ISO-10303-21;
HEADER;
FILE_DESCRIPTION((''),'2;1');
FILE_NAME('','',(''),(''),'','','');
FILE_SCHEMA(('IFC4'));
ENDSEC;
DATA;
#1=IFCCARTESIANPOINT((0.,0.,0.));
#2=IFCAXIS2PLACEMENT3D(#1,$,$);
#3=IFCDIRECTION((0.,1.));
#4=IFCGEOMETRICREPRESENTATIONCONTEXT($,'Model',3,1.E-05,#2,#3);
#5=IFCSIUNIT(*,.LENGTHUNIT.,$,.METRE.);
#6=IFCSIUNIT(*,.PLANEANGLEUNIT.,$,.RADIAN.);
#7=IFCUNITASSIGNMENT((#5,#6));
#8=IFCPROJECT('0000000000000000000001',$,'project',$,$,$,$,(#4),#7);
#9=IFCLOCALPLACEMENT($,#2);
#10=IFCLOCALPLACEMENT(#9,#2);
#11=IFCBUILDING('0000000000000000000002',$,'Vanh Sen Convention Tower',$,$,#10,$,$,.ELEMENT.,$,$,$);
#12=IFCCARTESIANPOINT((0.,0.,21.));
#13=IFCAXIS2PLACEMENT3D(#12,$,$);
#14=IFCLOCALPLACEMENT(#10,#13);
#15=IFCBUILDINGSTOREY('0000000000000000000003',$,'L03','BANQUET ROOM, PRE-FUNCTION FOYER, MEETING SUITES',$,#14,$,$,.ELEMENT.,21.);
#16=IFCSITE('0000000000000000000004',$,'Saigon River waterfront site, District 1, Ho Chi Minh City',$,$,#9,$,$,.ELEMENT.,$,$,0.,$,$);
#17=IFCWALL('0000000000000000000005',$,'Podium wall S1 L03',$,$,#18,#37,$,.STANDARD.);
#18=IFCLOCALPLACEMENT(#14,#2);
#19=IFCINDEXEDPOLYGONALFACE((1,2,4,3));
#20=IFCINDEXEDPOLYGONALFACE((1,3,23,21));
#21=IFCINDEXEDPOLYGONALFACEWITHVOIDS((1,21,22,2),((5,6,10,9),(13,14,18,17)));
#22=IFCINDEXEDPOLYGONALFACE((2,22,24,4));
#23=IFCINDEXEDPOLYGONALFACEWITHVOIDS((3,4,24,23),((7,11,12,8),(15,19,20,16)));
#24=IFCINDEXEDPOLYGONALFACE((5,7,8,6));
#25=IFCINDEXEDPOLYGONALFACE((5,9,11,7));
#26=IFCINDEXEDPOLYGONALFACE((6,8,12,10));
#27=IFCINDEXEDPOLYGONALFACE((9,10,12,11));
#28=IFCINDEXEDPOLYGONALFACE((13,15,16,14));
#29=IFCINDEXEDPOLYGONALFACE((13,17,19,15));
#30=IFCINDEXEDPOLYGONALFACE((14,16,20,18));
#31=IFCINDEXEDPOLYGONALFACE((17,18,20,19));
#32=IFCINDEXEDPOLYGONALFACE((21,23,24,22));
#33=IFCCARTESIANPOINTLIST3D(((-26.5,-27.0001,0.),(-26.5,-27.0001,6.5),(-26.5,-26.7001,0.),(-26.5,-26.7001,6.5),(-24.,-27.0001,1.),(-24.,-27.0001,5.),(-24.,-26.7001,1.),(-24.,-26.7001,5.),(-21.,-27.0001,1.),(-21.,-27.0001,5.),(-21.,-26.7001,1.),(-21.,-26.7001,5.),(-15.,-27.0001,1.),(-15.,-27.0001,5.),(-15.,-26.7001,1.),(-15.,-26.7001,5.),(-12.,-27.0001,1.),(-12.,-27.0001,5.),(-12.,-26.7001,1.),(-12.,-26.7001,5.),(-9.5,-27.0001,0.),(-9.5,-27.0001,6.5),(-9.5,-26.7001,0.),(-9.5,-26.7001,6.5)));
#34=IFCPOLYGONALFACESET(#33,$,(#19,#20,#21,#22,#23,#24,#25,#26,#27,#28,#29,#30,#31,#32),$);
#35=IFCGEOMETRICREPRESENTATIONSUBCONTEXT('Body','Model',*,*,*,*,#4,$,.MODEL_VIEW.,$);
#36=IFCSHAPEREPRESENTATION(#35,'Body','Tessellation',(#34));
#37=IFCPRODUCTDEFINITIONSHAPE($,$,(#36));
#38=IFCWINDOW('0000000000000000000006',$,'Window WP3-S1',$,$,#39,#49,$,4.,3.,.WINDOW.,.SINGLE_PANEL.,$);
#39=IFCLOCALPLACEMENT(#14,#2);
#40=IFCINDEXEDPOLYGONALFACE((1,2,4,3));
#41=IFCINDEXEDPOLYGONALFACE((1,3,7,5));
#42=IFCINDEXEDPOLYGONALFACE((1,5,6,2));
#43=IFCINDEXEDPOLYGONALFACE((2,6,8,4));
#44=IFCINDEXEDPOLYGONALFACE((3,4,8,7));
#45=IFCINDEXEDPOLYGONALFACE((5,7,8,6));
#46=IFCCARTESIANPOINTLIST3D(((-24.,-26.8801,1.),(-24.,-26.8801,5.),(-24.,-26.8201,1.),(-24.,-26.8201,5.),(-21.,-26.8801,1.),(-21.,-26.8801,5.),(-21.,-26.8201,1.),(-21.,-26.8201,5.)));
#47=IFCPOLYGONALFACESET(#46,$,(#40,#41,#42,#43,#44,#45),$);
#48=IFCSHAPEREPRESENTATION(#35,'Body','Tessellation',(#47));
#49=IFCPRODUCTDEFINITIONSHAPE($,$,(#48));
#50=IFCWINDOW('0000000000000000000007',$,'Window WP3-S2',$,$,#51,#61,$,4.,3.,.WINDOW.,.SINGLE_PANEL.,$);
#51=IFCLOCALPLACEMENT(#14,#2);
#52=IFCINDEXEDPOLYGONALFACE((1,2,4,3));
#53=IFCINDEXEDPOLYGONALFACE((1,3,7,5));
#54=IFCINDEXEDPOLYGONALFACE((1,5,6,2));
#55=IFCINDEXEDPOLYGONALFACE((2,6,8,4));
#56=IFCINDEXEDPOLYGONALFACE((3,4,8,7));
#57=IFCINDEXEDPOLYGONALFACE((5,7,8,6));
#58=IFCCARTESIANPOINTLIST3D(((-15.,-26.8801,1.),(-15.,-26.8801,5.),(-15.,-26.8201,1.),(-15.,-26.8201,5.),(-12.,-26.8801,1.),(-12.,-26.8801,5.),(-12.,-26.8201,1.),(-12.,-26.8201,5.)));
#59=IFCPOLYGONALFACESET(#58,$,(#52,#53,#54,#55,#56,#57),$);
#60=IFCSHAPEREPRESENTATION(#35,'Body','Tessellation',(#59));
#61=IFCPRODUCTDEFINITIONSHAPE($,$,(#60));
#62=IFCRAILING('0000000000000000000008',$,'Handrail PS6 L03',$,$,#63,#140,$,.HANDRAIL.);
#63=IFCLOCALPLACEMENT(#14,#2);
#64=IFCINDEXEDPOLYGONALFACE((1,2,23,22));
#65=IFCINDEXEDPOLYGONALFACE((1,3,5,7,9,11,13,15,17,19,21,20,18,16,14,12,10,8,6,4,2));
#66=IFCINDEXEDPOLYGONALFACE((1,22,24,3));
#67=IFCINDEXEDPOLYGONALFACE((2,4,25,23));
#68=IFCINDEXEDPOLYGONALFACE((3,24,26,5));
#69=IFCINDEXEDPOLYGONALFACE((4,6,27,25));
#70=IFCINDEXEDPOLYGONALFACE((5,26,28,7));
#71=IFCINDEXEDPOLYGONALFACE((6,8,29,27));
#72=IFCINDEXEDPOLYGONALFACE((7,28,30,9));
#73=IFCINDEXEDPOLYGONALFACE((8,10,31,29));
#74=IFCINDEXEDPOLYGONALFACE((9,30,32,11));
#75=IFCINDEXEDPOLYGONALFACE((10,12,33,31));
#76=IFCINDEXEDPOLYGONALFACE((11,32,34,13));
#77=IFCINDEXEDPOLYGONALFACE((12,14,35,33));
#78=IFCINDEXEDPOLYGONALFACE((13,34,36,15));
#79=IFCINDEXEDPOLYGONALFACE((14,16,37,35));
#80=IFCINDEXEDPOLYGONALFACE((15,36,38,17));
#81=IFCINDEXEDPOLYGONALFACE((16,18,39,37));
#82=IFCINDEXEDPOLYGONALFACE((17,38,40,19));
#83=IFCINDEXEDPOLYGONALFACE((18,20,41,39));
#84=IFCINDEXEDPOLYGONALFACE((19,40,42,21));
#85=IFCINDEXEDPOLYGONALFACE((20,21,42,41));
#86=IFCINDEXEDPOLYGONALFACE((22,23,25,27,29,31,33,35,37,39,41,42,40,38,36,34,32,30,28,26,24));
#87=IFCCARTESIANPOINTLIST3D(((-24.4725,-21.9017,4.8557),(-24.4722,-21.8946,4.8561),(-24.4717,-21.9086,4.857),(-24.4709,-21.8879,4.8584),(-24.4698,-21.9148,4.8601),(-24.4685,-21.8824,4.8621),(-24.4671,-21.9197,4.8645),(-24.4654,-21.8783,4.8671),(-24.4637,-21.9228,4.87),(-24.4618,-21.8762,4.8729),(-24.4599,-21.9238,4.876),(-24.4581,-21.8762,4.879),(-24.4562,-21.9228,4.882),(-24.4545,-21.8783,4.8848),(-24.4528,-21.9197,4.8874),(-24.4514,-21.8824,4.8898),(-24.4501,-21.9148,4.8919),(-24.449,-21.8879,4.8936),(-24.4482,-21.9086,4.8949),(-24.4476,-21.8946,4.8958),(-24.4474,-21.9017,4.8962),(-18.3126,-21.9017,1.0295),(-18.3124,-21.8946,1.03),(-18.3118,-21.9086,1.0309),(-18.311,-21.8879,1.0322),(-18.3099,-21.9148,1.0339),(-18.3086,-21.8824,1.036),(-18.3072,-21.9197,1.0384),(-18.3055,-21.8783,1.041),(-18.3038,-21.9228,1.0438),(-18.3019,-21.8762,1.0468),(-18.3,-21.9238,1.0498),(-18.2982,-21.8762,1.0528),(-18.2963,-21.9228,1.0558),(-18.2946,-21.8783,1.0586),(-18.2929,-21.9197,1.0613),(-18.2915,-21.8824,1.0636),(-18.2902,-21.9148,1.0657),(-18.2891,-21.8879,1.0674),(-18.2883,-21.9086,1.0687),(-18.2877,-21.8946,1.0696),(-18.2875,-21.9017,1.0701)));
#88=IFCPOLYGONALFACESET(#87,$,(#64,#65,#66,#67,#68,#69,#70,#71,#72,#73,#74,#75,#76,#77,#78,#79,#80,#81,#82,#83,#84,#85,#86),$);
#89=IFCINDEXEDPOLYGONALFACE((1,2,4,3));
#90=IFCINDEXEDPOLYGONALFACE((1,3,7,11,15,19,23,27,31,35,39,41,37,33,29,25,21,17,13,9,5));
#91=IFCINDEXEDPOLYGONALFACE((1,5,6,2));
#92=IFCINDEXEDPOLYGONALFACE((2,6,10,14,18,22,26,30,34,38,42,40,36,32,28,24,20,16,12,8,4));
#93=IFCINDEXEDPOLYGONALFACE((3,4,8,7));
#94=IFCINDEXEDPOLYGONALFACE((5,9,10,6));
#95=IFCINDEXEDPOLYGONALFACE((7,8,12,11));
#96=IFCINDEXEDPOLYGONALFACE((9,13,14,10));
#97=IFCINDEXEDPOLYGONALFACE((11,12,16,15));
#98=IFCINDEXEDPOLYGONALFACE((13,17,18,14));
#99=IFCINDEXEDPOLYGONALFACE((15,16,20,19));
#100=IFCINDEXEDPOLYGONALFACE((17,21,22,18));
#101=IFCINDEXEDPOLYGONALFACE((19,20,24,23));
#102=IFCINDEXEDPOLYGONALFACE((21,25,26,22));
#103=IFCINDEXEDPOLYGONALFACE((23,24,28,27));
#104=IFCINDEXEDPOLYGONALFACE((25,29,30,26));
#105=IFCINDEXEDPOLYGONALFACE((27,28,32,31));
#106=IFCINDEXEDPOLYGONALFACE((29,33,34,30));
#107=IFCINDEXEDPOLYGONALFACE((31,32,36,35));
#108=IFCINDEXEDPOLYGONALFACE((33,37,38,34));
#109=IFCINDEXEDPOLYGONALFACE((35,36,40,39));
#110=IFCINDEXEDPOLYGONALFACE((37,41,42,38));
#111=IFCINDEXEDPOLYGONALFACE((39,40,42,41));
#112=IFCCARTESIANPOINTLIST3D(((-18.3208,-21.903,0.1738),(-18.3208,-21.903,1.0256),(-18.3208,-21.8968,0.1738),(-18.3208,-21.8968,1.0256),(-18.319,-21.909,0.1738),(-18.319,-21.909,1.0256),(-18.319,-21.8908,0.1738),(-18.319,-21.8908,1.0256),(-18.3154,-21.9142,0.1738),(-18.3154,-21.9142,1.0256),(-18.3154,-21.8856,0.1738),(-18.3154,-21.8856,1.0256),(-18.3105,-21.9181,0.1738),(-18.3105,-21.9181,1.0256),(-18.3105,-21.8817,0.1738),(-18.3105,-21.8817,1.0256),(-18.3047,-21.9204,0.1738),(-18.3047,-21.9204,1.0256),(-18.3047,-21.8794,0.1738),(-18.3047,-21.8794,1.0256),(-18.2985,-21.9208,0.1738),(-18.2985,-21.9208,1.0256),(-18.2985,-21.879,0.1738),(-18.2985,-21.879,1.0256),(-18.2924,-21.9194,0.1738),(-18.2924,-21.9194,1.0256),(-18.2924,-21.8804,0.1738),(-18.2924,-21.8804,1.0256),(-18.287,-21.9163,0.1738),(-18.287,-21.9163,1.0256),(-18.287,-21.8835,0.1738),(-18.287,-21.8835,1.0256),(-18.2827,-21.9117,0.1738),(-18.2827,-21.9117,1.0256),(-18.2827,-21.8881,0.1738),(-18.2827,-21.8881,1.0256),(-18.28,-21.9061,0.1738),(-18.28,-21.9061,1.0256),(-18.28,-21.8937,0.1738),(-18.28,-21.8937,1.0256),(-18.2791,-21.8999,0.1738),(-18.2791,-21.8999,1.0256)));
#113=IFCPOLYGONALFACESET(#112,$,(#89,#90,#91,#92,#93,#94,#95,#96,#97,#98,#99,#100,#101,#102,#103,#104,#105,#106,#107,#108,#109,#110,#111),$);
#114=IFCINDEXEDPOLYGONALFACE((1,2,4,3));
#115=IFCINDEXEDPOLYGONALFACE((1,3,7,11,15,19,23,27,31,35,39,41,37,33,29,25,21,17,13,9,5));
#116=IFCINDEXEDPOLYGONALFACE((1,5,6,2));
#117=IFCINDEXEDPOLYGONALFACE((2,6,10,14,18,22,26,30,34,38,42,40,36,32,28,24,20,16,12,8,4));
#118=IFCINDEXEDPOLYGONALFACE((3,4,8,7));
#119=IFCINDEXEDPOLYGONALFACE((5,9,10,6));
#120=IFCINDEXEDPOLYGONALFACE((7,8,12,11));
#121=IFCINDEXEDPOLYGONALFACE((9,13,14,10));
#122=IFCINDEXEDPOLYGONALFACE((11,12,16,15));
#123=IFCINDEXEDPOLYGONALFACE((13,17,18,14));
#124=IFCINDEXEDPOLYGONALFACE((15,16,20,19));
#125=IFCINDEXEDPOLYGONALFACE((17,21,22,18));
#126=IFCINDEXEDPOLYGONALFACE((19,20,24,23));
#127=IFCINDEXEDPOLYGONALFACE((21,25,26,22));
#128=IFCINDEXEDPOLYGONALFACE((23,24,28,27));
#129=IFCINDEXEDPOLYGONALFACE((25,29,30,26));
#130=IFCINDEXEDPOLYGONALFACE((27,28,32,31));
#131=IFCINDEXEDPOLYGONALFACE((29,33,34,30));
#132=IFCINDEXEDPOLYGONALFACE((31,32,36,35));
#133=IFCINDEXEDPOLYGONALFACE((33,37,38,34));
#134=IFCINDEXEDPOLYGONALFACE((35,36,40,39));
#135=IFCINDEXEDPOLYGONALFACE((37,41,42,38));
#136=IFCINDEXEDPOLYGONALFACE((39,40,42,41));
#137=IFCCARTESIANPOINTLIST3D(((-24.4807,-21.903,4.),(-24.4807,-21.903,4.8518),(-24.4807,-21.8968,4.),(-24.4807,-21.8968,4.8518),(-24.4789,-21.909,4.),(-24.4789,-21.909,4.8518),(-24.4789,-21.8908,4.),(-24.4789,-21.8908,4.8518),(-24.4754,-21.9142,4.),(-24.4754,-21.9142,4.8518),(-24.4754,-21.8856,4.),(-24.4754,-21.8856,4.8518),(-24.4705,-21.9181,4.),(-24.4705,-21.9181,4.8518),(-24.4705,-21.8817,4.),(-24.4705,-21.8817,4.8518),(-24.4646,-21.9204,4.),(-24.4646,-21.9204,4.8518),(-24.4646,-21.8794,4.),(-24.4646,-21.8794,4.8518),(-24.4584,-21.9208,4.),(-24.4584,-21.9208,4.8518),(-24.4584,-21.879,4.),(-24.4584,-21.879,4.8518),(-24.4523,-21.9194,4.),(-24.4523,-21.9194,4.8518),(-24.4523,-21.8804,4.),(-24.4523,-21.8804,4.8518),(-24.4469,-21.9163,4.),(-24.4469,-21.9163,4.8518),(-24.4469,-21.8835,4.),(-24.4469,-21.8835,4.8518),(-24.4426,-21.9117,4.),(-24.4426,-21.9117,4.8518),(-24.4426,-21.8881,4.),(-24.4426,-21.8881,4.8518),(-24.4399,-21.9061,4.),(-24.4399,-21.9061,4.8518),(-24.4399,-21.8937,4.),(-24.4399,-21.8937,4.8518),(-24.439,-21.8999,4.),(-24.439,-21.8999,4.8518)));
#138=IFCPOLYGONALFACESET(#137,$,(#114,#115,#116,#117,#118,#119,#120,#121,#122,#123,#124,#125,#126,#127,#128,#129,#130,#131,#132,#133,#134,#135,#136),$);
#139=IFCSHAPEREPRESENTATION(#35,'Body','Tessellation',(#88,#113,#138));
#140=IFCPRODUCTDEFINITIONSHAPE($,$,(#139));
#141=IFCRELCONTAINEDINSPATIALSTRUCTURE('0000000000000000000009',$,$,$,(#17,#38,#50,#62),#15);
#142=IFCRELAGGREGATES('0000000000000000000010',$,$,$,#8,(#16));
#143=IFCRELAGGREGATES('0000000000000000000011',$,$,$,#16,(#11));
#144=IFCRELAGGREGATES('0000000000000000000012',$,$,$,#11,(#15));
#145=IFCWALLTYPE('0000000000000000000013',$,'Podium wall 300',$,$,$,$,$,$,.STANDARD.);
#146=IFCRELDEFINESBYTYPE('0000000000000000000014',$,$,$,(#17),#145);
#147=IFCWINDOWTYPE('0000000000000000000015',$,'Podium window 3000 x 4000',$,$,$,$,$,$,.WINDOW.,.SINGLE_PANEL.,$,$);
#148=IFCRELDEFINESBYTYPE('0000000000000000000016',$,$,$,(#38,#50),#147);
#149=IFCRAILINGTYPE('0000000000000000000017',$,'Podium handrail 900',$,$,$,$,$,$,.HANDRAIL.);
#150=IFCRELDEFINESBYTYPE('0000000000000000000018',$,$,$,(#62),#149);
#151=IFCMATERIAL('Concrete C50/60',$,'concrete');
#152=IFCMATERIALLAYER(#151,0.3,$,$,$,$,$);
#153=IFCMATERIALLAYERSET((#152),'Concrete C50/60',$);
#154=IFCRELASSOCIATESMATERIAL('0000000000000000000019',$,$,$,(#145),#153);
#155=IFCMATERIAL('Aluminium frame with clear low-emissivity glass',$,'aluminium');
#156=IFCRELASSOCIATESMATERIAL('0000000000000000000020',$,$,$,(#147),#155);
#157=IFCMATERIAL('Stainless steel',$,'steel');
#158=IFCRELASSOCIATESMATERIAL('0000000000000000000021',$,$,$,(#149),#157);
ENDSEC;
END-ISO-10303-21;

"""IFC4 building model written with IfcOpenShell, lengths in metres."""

from ifc_helpers import new_model, si_unit, direction, frame, frame_2d, origin, origin_2d, place, context, subcontext, project, spatial, rectangle, circle, extrude, material, layer, layer_set, type_object, element, fill, save


model = new_model("IFC4")

# Units and contexts
model_context = context("Model", 3, precision=1e-05, world=origin(), true_north=direction((0.0, 1.0)))
body_context = subcontext(model_context, "Body", "Model", "MODEL_VIEW")
ifc_project = project(units=[si_unit("LENGTHUNIT", "METRE"), si_unit("PLANEANGLEUNIT", "RADIAN")], contexts=[model_context])

# Site, building, storey
site_placement = place(None, origin())
site = spatial("IfcSite", under=ifc_project, at=site_placement, Name="Saigon River waterfront site, District 1, Ho Chi Minh City", CompositionType="ELEMENT", RefElevation=0.0)
building_placement = place(site_placement, origin())
building = spatial("IfcBuilding", under=site, at=building_placement, Name="Vanh Sen Convention Tower", CompositionType="ELEMENT")
storey_placement = place(building_placement, frame((0.0, 0.0, 21.0)))
storey = spatial("IfcBuildingStorey", under=building, at=storey_placement, Name="L03", Description="BANQUET ROOM, PRE-FUNCTION FOYER, MEETING SUITES", CompositionType="ELEMENT", Elevation=21.0)

# Wall, openings, windows
ifc_material_1 = material(Name="Concrete C50/60", Category="concrete")
ifc_layer_1 = layer(ifc_material_1, 0.3)
ifc_layer_set_1 = layer_set([ifc_layer_1], Name="Concrete C50/60")
wall_type_1 = type_object("IfcWallType", Name="Podium wall 300", PredefinedType="STANDARD", material=ifc_layer_set_1)
wall_1_placement = place(storey_placement, frame((-26.5, -26.8501, 0.0), z_axis=(0.0, 0.0, 1.0), x_axis=(1.0, 0.0, 0.0)))
wall_1 = element("IfcWall", 1, at=wall_1_placement, inside=storey, type_object=wall_type_1, Name="Podium wall S1 L03", PredefinedType="STANDARD", context=body_context, shape_type="SweptSolid", body=[
    extrude(rectangle(XDim=17.0, YDim=0.3, at=frame_2d((8.5, 0.0))), origin(), (0.0, 0.0, 1.0), 6.5),
])
opening_1_placement = place(wall_1_placement, frame((2.5, 0.0, 1.0)))
opening_1 = element("IfcOpeningElement", 2, at=opening_1_placement, cuts=wall_1, PredefinedType="OPENING", context=body_context, shape_type="SweptSolid", body=[
    extrude(rectangle(XDim=3.0, YDim=4.0, at=frame_2d((1.5, 2.0))), frame((0.0, 0.1599, 0.0), z_axis=(0.0, -1.0, 0.0), x_axis=(1.0, 0.0, 0.0)), (0.0, 0.0, 1.0), 0.3201),
])
opening_2_placement = place(wall_1_placement, frame((11.5, 0.0, 1.0)))
opening_2 = element("IfcOpeningElement", 3, at=opening_2_placement, cuts=wall_1, PredefinedType="OPENING", context=body_context, shape_type="SweptSolid", body=[
    extrude(rectangle(XDim=3.0, YDim=4.0, at=frame_2d((1.5, 2.0))), frame((0.0, 0.1599, 0.0), z_axis=(0.0, -1.0, 0.0), x_axis=(1.0, 0.0, 0.0)), (0.0, 0.0, 1.0), 0.3201),
])
ifc_material_2 = material(Name="Aluminium frame with clear low-emissivity glass", Category="aluminium")
window_type = type_object("IfcWindowType", Name="Podium window 3000 x 4000", PartitioningType="SINGLE_PANEL", PredefinedType="WINDOW", material=ifc_material_2)
window_1_placement = place(opening_1_placement, origin())
window_1 = element("IfcWindow", 4, at=window_1_placement, inside=storey, type_object=window_type, Name="Window WP3-S1", OverallHeight=4.0, OverallWidth=3.0, PartitioningType="SINGLE_PANEL", PredefinedType="WINDOW", context=body_context, shape_type="SweptSolid", body=[
    extrude(rectangle(XDim=3.0, YDim=4.0, at=frame_2d((1.5, 2.0))), frame((0.0, 0.03, 0.0), z_axis=(0.0, -1.0, 0.0), x_axis=(1.0, 0.0, 0.0)), (0.0, 0.0, 1.0), 0.0601),
])
fill(opening_1, window_1)
window_2_placement = place(opening_2_placement, origin())
window_2 = element("IfcWindow", 5, at=window_2_placement, inside=storey, type_object=window_type, Name="Window WP3-S2", OverallHeight=4.0, OverallWidth=3.0, PartitioningType="SINGLE_PANEL", PredefinedType="WINDOW", context=body_context, shape_type="SweptSolid", body=[
    extrude(rectangle(XDim=3.0, YDim=4.0, at=frame_2d((1.5, 2.0))), frame((0.0, 0.03, 0.0), z_axis=(0.0, -1.0, 0.0), x_axis=(1.0, 0.0, 0.0)), (0.0, 0.0, 1.0), 0.0601),
])
fill(opening_2, window_2)

# Railing
ifc_material_3 = material(Name="Stainless steel", Category="steel")
railing_type = type_object("IfcRailingType", Name="Podium handrail 900", PredefinedType="HANDRAIL", material=ifc_material_3)
for number, where, name in (
    (6, (-18.3, -21.8999, 0.1738), "Handrail PS6 L03"),
):
    element("IfcRailing", number, at=place(storey_placement, frame(where)), inside=storey, type_object=railing_type, Name=name, PredefinedType="HANDRAIL", context=body_context, shape_type="SweptSolid", body=[
        extrude(circle(Radius=0.0239, at=origin_2d()), frame((0.0, 0.0, 0.876), z_axis=(-0.849468, 0.0, 0.527639), x_axis=(0.0, -1.0, 0.0)), (0.0, 0.0, 1.0), 7.2515),
        extrude(circle(Radius=0.021, at=origin_2d()), origin(), (0.0, 0.0, 1.0), 0.8518),
        extrude(circle(Radius=0.021, at=origin_2d()), frame((-6.1599, 0.0, 3.8262)), (0.0, 0.0, 1.0), 0.8518),
    ])

save(model, "model.ifc")
